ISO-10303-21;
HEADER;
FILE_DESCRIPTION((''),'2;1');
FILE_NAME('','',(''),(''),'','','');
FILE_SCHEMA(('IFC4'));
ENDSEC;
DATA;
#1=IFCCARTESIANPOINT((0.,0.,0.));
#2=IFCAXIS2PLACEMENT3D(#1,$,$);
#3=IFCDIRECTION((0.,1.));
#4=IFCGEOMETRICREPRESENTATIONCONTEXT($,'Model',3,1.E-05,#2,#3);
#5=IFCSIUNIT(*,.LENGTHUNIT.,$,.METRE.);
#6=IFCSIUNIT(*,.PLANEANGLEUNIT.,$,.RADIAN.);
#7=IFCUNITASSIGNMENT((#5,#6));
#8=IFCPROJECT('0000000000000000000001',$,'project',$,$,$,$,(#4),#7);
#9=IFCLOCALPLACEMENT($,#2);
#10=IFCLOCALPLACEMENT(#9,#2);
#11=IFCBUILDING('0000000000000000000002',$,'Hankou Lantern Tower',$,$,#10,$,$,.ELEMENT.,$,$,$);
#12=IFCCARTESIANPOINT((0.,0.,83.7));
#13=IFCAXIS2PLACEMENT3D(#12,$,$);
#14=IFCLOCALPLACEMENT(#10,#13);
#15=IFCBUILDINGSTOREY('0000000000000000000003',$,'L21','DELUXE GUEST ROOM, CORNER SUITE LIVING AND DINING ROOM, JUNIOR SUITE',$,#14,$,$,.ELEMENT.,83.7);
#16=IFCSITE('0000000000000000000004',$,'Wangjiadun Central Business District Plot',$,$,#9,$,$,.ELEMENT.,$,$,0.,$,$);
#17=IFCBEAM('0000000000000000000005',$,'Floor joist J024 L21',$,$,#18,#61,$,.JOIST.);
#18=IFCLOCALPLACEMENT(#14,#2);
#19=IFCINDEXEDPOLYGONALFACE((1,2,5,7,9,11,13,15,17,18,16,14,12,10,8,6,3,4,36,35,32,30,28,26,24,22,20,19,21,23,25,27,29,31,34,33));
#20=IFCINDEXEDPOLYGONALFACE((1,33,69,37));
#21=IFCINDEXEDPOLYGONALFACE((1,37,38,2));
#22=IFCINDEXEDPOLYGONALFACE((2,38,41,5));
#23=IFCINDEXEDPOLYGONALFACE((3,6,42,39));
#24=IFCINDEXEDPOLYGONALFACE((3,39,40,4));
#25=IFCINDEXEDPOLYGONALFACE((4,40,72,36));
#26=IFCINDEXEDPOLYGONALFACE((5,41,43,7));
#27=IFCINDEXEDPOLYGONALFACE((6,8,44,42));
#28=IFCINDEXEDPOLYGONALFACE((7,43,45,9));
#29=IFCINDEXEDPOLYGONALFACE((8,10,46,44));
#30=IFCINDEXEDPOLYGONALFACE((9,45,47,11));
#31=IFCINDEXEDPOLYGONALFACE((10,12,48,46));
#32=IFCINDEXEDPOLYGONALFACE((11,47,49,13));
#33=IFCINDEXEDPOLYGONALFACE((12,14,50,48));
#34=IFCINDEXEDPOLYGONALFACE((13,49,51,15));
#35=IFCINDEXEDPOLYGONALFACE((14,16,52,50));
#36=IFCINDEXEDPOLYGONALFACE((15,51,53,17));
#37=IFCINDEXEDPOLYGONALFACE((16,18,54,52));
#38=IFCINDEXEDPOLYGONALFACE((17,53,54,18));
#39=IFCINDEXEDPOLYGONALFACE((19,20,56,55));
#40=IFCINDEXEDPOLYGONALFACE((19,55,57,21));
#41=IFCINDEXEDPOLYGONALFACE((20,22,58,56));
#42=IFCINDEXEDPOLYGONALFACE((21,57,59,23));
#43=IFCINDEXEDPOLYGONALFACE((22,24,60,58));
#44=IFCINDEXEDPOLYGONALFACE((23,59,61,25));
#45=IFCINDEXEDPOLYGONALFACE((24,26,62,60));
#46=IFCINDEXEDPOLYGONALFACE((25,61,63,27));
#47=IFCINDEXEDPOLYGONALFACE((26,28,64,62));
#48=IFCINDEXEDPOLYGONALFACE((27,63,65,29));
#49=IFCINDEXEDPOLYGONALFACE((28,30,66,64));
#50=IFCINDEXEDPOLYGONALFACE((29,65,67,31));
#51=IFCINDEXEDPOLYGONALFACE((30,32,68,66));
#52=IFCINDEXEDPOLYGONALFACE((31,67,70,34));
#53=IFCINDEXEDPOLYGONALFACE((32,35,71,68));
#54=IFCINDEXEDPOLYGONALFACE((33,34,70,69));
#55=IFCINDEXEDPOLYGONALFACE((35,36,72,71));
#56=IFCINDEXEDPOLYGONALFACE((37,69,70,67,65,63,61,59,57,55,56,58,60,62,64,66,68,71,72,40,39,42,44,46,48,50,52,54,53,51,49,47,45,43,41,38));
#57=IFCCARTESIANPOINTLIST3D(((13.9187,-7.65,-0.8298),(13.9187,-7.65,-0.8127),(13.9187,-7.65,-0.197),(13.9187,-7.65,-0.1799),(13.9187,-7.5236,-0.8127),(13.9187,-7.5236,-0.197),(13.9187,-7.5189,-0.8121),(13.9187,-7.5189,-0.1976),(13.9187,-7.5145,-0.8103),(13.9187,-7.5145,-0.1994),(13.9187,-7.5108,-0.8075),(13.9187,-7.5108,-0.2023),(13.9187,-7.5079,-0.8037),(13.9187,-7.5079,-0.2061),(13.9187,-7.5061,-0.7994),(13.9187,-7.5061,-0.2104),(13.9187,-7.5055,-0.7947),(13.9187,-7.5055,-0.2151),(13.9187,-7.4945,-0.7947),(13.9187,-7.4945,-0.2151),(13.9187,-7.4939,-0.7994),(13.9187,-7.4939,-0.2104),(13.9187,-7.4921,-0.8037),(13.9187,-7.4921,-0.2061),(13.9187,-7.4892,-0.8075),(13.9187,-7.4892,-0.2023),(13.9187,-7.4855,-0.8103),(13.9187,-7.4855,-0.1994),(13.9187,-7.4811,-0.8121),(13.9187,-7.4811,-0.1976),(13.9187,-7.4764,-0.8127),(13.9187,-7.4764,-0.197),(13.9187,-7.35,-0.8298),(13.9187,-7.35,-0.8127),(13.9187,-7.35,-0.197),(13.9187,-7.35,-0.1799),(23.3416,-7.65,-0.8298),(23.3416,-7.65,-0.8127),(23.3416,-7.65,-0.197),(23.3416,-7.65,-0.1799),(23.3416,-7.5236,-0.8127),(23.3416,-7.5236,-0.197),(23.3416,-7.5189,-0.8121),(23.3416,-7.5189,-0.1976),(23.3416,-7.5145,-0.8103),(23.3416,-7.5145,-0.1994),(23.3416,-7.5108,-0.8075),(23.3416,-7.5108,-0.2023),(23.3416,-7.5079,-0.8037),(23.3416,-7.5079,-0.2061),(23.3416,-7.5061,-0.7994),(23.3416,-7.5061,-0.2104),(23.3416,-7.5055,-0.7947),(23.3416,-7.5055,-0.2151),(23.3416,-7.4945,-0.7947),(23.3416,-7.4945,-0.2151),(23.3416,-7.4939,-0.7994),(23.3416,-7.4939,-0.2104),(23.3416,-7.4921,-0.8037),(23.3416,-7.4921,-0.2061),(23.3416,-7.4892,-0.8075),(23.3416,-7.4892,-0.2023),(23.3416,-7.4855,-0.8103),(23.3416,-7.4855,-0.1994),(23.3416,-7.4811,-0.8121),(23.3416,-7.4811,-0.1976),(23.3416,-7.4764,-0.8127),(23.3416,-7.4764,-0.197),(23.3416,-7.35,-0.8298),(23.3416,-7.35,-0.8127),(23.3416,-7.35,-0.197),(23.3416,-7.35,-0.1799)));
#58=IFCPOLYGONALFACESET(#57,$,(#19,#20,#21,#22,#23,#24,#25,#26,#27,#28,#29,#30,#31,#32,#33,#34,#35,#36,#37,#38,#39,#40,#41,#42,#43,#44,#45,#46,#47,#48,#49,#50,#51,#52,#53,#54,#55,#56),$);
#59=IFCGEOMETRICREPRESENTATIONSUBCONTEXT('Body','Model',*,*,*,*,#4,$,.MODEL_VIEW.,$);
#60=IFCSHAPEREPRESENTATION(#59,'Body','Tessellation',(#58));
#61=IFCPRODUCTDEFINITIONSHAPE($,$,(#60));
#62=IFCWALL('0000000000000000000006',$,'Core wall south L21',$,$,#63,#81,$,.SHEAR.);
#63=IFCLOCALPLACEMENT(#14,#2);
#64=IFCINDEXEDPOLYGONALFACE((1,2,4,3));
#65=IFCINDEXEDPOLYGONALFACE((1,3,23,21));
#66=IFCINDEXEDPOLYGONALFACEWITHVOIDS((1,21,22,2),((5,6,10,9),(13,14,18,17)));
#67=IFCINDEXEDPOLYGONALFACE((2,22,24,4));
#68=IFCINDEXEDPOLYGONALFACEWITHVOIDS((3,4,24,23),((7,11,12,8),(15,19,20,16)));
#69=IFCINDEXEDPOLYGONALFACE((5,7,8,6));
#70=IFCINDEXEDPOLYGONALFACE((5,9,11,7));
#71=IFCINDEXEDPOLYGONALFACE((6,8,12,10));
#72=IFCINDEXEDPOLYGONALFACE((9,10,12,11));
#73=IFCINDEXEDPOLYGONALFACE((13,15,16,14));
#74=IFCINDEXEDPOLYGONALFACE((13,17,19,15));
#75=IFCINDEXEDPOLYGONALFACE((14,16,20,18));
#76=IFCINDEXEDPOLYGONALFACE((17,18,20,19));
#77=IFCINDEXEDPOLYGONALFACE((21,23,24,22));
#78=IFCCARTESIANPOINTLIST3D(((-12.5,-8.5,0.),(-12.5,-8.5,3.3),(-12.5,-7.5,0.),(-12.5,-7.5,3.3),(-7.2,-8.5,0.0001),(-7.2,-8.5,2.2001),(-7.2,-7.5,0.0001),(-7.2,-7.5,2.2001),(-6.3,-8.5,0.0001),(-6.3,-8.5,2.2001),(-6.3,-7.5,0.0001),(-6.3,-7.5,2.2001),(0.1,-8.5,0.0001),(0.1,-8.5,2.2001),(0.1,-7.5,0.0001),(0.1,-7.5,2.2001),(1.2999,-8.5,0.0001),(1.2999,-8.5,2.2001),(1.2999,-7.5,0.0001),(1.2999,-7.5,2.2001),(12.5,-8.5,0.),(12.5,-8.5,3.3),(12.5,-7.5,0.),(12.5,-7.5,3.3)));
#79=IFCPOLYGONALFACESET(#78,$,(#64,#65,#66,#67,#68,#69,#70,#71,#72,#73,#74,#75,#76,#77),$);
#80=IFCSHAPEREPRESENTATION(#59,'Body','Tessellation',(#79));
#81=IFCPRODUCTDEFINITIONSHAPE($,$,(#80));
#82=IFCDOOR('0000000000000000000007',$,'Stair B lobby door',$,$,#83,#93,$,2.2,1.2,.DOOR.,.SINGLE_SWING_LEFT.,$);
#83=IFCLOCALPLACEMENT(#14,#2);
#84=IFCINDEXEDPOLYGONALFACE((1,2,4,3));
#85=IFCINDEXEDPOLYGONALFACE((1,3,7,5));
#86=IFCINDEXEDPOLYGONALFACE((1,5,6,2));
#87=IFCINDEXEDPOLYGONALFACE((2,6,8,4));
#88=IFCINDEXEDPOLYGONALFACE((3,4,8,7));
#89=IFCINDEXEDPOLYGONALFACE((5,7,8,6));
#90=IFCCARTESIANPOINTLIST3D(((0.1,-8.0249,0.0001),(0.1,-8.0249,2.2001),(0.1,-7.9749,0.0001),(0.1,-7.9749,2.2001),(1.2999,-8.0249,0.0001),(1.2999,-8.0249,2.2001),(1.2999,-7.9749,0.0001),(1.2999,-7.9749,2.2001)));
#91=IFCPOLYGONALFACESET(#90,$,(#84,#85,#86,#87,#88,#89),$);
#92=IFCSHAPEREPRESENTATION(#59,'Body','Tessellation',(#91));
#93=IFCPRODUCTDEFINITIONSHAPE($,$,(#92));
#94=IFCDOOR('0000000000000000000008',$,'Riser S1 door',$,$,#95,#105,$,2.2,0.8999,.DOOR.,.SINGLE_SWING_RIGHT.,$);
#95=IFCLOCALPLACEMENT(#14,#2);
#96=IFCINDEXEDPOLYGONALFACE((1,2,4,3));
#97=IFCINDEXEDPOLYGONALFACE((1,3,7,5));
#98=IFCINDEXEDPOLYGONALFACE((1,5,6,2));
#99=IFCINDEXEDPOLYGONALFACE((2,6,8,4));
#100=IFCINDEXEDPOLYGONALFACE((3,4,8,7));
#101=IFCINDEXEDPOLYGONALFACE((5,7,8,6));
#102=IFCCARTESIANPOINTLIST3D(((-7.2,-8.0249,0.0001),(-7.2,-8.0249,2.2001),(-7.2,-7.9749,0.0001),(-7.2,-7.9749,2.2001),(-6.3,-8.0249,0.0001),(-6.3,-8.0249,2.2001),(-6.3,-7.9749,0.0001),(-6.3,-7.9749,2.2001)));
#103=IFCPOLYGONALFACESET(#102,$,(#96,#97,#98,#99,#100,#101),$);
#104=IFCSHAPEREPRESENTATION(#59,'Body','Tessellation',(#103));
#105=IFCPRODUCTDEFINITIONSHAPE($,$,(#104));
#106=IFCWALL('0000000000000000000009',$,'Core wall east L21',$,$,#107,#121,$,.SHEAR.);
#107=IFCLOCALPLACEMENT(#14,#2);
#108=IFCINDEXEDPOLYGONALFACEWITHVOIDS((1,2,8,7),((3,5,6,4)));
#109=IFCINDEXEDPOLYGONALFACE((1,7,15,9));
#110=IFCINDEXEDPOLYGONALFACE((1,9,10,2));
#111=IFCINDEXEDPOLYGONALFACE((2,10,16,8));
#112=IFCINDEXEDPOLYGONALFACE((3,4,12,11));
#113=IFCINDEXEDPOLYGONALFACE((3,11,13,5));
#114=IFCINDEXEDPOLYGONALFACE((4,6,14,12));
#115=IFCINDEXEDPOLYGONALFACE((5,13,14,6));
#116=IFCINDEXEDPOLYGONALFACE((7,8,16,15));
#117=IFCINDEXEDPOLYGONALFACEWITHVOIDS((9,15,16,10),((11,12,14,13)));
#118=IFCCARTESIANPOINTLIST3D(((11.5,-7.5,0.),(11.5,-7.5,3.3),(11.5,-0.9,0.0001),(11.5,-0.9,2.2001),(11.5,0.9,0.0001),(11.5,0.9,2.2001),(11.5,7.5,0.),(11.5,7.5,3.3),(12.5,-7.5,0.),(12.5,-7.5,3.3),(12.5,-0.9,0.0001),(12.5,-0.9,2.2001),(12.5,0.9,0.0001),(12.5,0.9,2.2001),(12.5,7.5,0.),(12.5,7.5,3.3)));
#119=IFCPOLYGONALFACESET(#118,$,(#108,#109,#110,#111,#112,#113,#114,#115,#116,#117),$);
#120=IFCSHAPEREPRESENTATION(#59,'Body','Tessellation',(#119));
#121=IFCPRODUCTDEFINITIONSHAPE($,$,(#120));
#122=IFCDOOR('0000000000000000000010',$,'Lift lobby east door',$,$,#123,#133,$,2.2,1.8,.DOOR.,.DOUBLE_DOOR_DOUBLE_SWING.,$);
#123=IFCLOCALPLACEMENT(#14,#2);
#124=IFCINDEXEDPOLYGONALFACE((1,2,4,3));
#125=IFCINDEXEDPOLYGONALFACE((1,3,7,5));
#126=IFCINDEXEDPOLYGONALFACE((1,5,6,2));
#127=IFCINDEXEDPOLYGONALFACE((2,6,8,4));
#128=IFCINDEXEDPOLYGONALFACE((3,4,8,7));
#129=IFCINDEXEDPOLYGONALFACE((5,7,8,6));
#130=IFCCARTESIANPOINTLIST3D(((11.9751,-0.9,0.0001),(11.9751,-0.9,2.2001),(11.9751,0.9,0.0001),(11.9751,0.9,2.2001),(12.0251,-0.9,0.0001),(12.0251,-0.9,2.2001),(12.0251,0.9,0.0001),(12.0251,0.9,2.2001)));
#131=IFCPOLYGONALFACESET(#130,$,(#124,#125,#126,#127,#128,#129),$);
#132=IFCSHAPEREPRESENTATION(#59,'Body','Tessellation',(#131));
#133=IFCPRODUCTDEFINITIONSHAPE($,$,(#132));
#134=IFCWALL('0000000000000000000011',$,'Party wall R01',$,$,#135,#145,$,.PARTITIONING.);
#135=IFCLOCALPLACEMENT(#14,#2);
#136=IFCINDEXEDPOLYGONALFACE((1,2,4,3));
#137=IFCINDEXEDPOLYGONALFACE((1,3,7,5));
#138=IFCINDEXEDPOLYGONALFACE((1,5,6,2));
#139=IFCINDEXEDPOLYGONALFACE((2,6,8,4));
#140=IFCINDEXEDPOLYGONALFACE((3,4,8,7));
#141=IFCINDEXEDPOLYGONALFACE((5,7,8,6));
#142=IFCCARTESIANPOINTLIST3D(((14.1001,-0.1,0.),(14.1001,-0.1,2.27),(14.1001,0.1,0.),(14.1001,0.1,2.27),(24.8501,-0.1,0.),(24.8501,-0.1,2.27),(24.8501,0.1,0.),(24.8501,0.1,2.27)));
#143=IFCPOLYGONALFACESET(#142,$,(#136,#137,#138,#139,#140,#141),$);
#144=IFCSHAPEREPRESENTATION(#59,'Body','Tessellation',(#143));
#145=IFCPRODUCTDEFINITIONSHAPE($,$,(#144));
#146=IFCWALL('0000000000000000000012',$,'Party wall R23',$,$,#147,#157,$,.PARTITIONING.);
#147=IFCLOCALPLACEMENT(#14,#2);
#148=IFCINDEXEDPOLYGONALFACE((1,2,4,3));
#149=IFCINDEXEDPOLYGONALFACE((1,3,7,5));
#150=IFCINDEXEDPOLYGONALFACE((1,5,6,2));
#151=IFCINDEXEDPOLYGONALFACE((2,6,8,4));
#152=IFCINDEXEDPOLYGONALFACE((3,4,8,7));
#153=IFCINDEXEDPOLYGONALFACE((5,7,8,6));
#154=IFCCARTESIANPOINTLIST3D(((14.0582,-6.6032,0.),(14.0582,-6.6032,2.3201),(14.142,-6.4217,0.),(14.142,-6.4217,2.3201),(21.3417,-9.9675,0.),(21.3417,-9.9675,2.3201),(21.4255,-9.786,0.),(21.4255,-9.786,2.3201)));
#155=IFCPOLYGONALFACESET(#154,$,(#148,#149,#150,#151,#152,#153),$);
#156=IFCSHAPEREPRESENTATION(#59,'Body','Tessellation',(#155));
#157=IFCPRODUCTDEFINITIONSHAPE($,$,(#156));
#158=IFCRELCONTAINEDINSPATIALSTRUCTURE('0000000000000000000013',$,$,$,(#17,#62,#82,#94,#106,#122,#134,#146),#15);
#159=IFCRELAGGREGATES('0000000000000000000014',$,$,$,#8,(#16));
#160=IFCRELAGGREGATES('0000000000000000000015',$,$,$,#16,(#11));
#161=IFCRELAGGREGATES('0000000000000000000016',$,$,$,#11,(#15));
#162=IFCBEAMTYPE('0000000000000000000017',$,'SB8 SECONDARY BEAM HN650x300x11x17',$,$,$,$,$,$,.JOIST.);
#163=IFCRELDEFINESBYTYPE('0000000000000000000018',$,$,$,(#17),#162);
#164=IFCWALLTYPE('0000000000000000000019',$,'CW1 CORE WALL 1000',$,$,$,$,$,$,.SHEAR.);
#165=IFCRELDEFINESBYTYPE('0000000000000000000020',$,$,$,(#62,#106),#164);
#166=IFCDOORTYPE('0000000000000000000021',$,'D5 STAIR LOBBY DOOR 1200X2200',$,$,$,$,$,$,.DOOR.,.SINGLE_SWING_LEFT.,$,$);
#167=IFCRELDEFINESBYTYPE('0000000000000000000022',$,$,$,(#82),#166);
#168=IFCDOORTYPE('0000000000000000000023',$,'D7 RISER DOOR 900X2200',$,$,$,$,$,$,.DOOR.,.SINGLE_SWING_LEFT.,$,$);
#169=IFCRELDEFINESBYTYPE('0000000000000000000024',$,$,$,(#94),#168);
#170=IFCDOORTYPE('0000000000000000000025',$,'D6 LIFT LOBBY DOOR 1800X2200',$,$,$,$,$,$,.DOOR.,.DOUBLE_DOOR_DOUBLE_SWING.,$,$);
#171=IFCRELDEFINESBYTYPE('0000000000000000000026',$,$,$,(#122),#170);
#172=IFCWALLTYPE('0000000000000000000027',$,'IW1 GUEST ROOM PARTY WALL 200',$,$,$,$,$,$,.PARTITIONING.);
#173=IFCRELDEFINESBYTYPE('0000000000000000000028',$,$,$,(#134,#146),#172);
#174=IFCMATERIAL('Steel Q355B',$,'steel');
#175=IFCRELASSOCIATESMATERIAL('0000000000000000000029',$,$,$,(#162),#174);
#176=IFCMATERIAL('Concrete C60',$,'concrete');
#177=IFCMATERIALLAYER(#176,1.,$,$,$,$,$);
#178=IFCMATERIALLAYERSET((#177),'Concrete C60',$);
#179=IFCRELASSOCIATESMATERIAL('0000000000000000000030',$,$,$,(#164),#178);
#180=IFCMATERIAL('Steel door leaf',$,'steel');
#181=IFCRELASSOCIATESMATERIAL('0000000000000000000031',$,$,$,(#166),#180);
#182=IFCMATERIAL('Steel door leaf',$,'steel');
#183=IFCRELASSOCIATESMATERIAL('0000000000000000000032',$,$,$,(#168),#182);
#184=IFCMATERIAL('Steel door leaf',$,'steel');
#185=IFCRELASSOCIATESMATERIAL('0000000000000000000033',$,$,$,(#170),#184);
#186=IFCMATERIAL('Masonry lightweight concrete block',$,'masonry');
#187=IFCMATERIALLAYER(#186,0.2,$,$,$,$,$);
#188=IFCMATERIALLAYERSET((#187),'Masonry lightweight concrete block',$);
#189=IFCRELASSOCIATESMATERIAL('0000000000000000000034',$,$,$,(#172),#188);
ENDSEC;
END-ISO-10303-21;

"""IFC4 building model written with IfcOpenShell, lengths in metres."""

from ifc_helpers import new_model, si_unit, direction, frame, frame_2d, origin, origin_2d, place, context, subcontext, project, spatial, rectangle, i_section, extrude, material, layer, layer_set, material_profile, profile_set, type_object, element, fill, save


model = new_model("IFC4")

# Units and contexts
model_context = context("Model", 3, precision=1e-05, world=origin(), true_north=direction((0.0, 1.0)))
body_context = subcontext(model_context, "Body", "Model", "MODEL_VIEW")
ifc_project = project(units=[si_unit("LENGTHUNIT", "METRE"), si_unit("PLANEANGLEUNIT", "RADIAN")], contexts=[model_context])

# Site, building, storey
site_placement = place(None, origin())
site = spatial("IfcSite", under=ifc_project, at=site_placement, Name="Wangjiadun Central Business District Plot", CompositionType="ELEMENT", RefElevation=0.0)
building_placement = place(site_placement, origin())
building = spatial("IfcBuilding", under=site, at=building_placement, Name="Hankou Lantern Tower", CompositionType="ELEMENT")
storey_placement = place(building_placement, frame((0.0, 0.0, 83.7)))
storey = spatial("IfcBuildingStorey", under=building, at=storey_placement, Name="L21", Description="DELUXE GUEST ROOM, CORNER SUITE LIVING AND DINING ROOM, JUNIOR SUITE", CompositionType="ELEMENT", Elevation=83.7)

# Beam
ifc_material_1 = material(Name="Steel Q355B", Category="steel")
ifc_material_profile_1 = material_profile(ifc_material_1, i_section(OverallWidth=0.3, OverallDepth=0.6499, WebThickness=0.011, FlangeThickness=0.0171, FilletRadius=0.0181, at=origin_2d()), Name="HN650x300x11x17")
ifc_profile_set_1 = profile_set([ifc_material_profile_1], Name="Steel Q355B")
beam_type_1 = type_object("IfcBeamType", Name="SB8 SECONDARY BEAM HN650x300x11x17", PredefinedType="JOIST", material=ifc_profile_set_1)
beam_1_placement = place(storey_placement, frame((13.9187, -7.5, -0.5049), z_axis=(1.0, 0.0, 0.0), x_axis=(0.0, 1.0, 0.0)))
element("IfcBeam", 1, at=beam_1_placement, inside=storey, type_object=beam_type_1, Name="Floor joist J024 L21", PredefinedType="JOIST", context=body_context, shape_type="SweptSolid", body=[
    extrude(i_section(OverallWidth=0.3, OverallDepth=0.6499, WebThickness=0.011, FlangeThickness=0.0171, FilletRadius=0.0181, at=origin_2d()), origin(), (0.0, 0.0, 1.0), 9.4229),
])

# Wall, openings, doors
ifc_material_2 = material(Name="Concrete C60", Category="concrete")
ifc_layer_1 = layer(ifc_material_2, 1.0)
ifc_layer_set_1 = layer_set([ifc_layer_1], Name="Concrete C60")
wall_type_1 = type_object("IfcWallType", Name="CW1 CORE WALL 1000", PredefinedType="SHEAR", material=ifc_layer_set_1)
wall_1_placement = place(storey_placement, frame((12.5, -8.0, 0.0), z_axis=(0.0, 0.0, 1.0), x_axis=(-1.0, 0.0, 0.0)))
wall_1 = element("IfcWall", 2, at=wall_1_placement, inside=storey, type_object=wall_type_1, Name="Core wall south L21", PredefinedType="SHEAR", context=body_context, shape_type="SweptSolid", body=[
    extrude(rectangle(XDim=25.0, YDim=1.0, at=frame_2d((12.5, 0.0))), origin(), (0.0, 0.0, 1.0), 3.3),
])
opening_1_placement = place(wall_1_placement, frame((11.2, 0.0, 0.0)))
opening_1 = element("IfcOpeningElement", 3, at=opening_1_placement, cuts=wall_1, PredefinedType="OPENING", context=body_context, shape_type="SweptSolid", body=[
    extrude(rectangle(XDim=1.2, YDim=2.2, at=frame_2d((0.6001, 1.1001))), frame((0.0, 0.51, 0.0), z_axis=(0.0, -1.0, 0.0), x_axis=(1.0, 0.0, 0.0)), (0.0, 0.0, 1.0), 1.02),
])
opening_2_placement = place(wall_1_placement, frame((18.8, 0.0, 0.0)))
opening_2 = element("IfcOpeningElement", 4, at=opening_2_placement, cuts=wall_1, PredefinedType="OPENING", context=body_context, shape_type="SweptSolid", body=[
    extrude(rectangle(XDim=0.8999, YDim=2.2, at=frame_2d((0.45, 1.1001))), frame((0.0, 0.51, 0.0), z_axis=(0.0, -1.0, 0.0), x_axis=(1.0, 0.0, 0.0)), (0.0, 0.0, 1.0), 1.02),
])
ifc_material_3 = material(Name="Steel door leaf", Category="steel")
door_type_1 = type_object("IfcDoorType", Name="D5 STAIR LOBBY DOOR 1200X2200", OperationType="SINGLE_SWING_LEFT", PredefinedType="DOOR", material=ifc_material_3)
door_1_placement = place(opening_1_placement, origin())
door_1 = element("IfcDoor", 5, at=door_1_placement, inside=storey, type_object=door_type_1, Name="Stair B lobby door", OperationType="SINGLE_SWING_LEFT", OverallHeight=2.2, OverallWidth=1.2, PredefinedType="DOOR", context=body_context, shape_type="SweptSolid", body=[
    extrude(rectangle(XDim=1.2, YDim=2.2, at=frame_2d((0.6001, 1.1001))), frame((0.0, 0.0249, 0.0), z_axis=(0.0, -1.0, 0.0), x_axis=(1.0, 0.0, 0.0)), (0.0, 0.0, 1.0), 0.05),
])
fill(opening_1, door_1)
ifc_material_4 = material(Name="Steel door leaf", Category="steel")
door_type_2 = type_object("IfcDoorType", Name="D7 RISER DOOR 900X2200", OperationType="SINGLE_SWING_LEFT", PredefinedType="DOOR", material=ifc_material_4)
door_2_placement = place(opening_2_placement, origin())
door_2 = element("IfcDoor", 6, at=door_2_placement, inside=storey, type_object=door_type_2, Name="Riser S1 door", OperationType="SINGLE_SWING_RIGHT", OverallHeight=2.2, OverallWidth=0.8999, PredefinedType="DOOR", context=body_context, shape_type="SweptSolid", body=[
    extrude(rectangle(XDim=0.8999, YDim=2.2, at=frame_2d((0.45, 1.1001))), frame((0.0, 0.0249, 0.0), z_axis=(0.0, -1.0, 0.0), x_axis=(1.0, 0.0, 0.0)), (0.0, 0.0, 1.0), 0.05),
])
fill(opening_2, door_2)

# Wall, opening, door
wall_2_placement = place(storey_placement, frame((12.0, -7.5, 0.0), z_axis=(0.0, 0.0, 1.0), x_axis=(0.0, 1.0, 0.0)))
wall_2 = element("IfcWall", 7, at=wall_2_placement, inside=storey, type_object=wall_type_1, Name="Core wall east L21", PredefinedType="SHEAR", context=body_context, shape_type="SweptSolid", body=[
    extrude(rectangle(XDim=15.0, YDim=1.0, at=frame_2d((7.5, 0.0))), origin(), (0.0, 0.0, 1.0), 3.3),
])
opening_3_placement = place(wall_2_placement, frame((6.6001, 0.0, 0.0)))
opening_3 = element("IfcOpeningElement", 8, at=opening_3_placement, cuts=wall_2, PredefinedType="OPENING", context=body_context, shape_type="SweptSolid", body=[
    extrude(rectangle(XDim=1.8, YDim=2.2, at=frame_2d((0.8999, 1.1001))), frame((0.0, 0.51, 0.0), z_axis=(0.0, -1.0, 0.0), x_axis=(1.0, 0.0, 0.0)), (0.0, 0.0, 1.0), 1.02),
])
ifc_material_5 = material(Name="Steel door leaf", Category="steel")
door_type_3 = type_object("IfcDoorType", Name="D6 LIFT LOBBY DOOR 1800X2200", OperationType="DOUBLE_DOOR_DOUBLE_SWING", PredefinedType="DOOR", material=ifc_material_5)
door_3_placement = place(opening_3_placement, origin())
door_3 = element("IfcDoor", 9, at=door_3_placement, inside=storey, type_object=door_type_3, Name="Lift lobby east door", OperationType="DOUBLE_DOOR_DOUBLE_SWING", OverallHeight=2.2, OverallWidth=1.8, PredefinedType="DOOR", context=body_context, shape_type="SweptSolid", body=[
    extrude(rectangle(XDim=1.8, YDim=2.2, at=frame_2d((0.8999, 1.1001))), frame((0.0, 0.0249, 0.0), z_axis=(0.0, -1.0, 0.0), x_axis=(1.0, 0.0, 0.0)), (0.0, 0.0, 1.0), 0.05),
])
fill(opening_3, door_3)

# Walls
ifc_material_6 = material(Name="Masonry lightweight concrete block", Category="masonry")
ifc_layer_2 = layer(ifc_material_6, 0.2)
ifc_layer_set_2 = layer_set([ifc_layer_2], Name="Masonry lightweight concrete block")
wall_type_2 = type_object("IfcWallType", Name="IW1 GUEST ROOM PARTY WALL 200", PredefinedType="PARTITIONING", material=ifc_layer_set_2)
wall_3_placement = place(storey_placement, frame((14.1001, 0.0, 0.0), z_axis=(0.0, 0.0, 1.0), x_axis=(1.0, 0.0, 0.0)))
element("IfcWall", 10, at=wall_3_placement, inside=storey, type_object=wall_type_2, Name="Party wall R01", PredefinedType="PARTITIONING", context=body_context, shape_type="SweptSolid", body=[
    extrude(rectangle(XDim=10.75, YDim=0.2, at=frame_2d((5.375, 0.0))), origin(), (0.0, 0.0, 1.0), 2.27),
])
wall_4_placement = place(storey_placement, frame((14.1001, -6.5125, 0.0), z_axis=(0.0, 0.0, 1.0), x_axis=(0.907833, -0.419332, 0.0)))
element("IfcWall", 11, at=wall_4_placement, inside=storey, type_object=wall_type_2, Name="Party wall R23", PredefinedType="PARTITIONING", context=body_context, shape_type="SweptSolid", body=[
    extrude(rectangle(XDim=8.0229, YDim=0.2, at=frame_2d((4.0115, 0.0))), origin(), (0.0, 0.0, 1.0), 2.3201),
])

save(model, "model.ifc")
